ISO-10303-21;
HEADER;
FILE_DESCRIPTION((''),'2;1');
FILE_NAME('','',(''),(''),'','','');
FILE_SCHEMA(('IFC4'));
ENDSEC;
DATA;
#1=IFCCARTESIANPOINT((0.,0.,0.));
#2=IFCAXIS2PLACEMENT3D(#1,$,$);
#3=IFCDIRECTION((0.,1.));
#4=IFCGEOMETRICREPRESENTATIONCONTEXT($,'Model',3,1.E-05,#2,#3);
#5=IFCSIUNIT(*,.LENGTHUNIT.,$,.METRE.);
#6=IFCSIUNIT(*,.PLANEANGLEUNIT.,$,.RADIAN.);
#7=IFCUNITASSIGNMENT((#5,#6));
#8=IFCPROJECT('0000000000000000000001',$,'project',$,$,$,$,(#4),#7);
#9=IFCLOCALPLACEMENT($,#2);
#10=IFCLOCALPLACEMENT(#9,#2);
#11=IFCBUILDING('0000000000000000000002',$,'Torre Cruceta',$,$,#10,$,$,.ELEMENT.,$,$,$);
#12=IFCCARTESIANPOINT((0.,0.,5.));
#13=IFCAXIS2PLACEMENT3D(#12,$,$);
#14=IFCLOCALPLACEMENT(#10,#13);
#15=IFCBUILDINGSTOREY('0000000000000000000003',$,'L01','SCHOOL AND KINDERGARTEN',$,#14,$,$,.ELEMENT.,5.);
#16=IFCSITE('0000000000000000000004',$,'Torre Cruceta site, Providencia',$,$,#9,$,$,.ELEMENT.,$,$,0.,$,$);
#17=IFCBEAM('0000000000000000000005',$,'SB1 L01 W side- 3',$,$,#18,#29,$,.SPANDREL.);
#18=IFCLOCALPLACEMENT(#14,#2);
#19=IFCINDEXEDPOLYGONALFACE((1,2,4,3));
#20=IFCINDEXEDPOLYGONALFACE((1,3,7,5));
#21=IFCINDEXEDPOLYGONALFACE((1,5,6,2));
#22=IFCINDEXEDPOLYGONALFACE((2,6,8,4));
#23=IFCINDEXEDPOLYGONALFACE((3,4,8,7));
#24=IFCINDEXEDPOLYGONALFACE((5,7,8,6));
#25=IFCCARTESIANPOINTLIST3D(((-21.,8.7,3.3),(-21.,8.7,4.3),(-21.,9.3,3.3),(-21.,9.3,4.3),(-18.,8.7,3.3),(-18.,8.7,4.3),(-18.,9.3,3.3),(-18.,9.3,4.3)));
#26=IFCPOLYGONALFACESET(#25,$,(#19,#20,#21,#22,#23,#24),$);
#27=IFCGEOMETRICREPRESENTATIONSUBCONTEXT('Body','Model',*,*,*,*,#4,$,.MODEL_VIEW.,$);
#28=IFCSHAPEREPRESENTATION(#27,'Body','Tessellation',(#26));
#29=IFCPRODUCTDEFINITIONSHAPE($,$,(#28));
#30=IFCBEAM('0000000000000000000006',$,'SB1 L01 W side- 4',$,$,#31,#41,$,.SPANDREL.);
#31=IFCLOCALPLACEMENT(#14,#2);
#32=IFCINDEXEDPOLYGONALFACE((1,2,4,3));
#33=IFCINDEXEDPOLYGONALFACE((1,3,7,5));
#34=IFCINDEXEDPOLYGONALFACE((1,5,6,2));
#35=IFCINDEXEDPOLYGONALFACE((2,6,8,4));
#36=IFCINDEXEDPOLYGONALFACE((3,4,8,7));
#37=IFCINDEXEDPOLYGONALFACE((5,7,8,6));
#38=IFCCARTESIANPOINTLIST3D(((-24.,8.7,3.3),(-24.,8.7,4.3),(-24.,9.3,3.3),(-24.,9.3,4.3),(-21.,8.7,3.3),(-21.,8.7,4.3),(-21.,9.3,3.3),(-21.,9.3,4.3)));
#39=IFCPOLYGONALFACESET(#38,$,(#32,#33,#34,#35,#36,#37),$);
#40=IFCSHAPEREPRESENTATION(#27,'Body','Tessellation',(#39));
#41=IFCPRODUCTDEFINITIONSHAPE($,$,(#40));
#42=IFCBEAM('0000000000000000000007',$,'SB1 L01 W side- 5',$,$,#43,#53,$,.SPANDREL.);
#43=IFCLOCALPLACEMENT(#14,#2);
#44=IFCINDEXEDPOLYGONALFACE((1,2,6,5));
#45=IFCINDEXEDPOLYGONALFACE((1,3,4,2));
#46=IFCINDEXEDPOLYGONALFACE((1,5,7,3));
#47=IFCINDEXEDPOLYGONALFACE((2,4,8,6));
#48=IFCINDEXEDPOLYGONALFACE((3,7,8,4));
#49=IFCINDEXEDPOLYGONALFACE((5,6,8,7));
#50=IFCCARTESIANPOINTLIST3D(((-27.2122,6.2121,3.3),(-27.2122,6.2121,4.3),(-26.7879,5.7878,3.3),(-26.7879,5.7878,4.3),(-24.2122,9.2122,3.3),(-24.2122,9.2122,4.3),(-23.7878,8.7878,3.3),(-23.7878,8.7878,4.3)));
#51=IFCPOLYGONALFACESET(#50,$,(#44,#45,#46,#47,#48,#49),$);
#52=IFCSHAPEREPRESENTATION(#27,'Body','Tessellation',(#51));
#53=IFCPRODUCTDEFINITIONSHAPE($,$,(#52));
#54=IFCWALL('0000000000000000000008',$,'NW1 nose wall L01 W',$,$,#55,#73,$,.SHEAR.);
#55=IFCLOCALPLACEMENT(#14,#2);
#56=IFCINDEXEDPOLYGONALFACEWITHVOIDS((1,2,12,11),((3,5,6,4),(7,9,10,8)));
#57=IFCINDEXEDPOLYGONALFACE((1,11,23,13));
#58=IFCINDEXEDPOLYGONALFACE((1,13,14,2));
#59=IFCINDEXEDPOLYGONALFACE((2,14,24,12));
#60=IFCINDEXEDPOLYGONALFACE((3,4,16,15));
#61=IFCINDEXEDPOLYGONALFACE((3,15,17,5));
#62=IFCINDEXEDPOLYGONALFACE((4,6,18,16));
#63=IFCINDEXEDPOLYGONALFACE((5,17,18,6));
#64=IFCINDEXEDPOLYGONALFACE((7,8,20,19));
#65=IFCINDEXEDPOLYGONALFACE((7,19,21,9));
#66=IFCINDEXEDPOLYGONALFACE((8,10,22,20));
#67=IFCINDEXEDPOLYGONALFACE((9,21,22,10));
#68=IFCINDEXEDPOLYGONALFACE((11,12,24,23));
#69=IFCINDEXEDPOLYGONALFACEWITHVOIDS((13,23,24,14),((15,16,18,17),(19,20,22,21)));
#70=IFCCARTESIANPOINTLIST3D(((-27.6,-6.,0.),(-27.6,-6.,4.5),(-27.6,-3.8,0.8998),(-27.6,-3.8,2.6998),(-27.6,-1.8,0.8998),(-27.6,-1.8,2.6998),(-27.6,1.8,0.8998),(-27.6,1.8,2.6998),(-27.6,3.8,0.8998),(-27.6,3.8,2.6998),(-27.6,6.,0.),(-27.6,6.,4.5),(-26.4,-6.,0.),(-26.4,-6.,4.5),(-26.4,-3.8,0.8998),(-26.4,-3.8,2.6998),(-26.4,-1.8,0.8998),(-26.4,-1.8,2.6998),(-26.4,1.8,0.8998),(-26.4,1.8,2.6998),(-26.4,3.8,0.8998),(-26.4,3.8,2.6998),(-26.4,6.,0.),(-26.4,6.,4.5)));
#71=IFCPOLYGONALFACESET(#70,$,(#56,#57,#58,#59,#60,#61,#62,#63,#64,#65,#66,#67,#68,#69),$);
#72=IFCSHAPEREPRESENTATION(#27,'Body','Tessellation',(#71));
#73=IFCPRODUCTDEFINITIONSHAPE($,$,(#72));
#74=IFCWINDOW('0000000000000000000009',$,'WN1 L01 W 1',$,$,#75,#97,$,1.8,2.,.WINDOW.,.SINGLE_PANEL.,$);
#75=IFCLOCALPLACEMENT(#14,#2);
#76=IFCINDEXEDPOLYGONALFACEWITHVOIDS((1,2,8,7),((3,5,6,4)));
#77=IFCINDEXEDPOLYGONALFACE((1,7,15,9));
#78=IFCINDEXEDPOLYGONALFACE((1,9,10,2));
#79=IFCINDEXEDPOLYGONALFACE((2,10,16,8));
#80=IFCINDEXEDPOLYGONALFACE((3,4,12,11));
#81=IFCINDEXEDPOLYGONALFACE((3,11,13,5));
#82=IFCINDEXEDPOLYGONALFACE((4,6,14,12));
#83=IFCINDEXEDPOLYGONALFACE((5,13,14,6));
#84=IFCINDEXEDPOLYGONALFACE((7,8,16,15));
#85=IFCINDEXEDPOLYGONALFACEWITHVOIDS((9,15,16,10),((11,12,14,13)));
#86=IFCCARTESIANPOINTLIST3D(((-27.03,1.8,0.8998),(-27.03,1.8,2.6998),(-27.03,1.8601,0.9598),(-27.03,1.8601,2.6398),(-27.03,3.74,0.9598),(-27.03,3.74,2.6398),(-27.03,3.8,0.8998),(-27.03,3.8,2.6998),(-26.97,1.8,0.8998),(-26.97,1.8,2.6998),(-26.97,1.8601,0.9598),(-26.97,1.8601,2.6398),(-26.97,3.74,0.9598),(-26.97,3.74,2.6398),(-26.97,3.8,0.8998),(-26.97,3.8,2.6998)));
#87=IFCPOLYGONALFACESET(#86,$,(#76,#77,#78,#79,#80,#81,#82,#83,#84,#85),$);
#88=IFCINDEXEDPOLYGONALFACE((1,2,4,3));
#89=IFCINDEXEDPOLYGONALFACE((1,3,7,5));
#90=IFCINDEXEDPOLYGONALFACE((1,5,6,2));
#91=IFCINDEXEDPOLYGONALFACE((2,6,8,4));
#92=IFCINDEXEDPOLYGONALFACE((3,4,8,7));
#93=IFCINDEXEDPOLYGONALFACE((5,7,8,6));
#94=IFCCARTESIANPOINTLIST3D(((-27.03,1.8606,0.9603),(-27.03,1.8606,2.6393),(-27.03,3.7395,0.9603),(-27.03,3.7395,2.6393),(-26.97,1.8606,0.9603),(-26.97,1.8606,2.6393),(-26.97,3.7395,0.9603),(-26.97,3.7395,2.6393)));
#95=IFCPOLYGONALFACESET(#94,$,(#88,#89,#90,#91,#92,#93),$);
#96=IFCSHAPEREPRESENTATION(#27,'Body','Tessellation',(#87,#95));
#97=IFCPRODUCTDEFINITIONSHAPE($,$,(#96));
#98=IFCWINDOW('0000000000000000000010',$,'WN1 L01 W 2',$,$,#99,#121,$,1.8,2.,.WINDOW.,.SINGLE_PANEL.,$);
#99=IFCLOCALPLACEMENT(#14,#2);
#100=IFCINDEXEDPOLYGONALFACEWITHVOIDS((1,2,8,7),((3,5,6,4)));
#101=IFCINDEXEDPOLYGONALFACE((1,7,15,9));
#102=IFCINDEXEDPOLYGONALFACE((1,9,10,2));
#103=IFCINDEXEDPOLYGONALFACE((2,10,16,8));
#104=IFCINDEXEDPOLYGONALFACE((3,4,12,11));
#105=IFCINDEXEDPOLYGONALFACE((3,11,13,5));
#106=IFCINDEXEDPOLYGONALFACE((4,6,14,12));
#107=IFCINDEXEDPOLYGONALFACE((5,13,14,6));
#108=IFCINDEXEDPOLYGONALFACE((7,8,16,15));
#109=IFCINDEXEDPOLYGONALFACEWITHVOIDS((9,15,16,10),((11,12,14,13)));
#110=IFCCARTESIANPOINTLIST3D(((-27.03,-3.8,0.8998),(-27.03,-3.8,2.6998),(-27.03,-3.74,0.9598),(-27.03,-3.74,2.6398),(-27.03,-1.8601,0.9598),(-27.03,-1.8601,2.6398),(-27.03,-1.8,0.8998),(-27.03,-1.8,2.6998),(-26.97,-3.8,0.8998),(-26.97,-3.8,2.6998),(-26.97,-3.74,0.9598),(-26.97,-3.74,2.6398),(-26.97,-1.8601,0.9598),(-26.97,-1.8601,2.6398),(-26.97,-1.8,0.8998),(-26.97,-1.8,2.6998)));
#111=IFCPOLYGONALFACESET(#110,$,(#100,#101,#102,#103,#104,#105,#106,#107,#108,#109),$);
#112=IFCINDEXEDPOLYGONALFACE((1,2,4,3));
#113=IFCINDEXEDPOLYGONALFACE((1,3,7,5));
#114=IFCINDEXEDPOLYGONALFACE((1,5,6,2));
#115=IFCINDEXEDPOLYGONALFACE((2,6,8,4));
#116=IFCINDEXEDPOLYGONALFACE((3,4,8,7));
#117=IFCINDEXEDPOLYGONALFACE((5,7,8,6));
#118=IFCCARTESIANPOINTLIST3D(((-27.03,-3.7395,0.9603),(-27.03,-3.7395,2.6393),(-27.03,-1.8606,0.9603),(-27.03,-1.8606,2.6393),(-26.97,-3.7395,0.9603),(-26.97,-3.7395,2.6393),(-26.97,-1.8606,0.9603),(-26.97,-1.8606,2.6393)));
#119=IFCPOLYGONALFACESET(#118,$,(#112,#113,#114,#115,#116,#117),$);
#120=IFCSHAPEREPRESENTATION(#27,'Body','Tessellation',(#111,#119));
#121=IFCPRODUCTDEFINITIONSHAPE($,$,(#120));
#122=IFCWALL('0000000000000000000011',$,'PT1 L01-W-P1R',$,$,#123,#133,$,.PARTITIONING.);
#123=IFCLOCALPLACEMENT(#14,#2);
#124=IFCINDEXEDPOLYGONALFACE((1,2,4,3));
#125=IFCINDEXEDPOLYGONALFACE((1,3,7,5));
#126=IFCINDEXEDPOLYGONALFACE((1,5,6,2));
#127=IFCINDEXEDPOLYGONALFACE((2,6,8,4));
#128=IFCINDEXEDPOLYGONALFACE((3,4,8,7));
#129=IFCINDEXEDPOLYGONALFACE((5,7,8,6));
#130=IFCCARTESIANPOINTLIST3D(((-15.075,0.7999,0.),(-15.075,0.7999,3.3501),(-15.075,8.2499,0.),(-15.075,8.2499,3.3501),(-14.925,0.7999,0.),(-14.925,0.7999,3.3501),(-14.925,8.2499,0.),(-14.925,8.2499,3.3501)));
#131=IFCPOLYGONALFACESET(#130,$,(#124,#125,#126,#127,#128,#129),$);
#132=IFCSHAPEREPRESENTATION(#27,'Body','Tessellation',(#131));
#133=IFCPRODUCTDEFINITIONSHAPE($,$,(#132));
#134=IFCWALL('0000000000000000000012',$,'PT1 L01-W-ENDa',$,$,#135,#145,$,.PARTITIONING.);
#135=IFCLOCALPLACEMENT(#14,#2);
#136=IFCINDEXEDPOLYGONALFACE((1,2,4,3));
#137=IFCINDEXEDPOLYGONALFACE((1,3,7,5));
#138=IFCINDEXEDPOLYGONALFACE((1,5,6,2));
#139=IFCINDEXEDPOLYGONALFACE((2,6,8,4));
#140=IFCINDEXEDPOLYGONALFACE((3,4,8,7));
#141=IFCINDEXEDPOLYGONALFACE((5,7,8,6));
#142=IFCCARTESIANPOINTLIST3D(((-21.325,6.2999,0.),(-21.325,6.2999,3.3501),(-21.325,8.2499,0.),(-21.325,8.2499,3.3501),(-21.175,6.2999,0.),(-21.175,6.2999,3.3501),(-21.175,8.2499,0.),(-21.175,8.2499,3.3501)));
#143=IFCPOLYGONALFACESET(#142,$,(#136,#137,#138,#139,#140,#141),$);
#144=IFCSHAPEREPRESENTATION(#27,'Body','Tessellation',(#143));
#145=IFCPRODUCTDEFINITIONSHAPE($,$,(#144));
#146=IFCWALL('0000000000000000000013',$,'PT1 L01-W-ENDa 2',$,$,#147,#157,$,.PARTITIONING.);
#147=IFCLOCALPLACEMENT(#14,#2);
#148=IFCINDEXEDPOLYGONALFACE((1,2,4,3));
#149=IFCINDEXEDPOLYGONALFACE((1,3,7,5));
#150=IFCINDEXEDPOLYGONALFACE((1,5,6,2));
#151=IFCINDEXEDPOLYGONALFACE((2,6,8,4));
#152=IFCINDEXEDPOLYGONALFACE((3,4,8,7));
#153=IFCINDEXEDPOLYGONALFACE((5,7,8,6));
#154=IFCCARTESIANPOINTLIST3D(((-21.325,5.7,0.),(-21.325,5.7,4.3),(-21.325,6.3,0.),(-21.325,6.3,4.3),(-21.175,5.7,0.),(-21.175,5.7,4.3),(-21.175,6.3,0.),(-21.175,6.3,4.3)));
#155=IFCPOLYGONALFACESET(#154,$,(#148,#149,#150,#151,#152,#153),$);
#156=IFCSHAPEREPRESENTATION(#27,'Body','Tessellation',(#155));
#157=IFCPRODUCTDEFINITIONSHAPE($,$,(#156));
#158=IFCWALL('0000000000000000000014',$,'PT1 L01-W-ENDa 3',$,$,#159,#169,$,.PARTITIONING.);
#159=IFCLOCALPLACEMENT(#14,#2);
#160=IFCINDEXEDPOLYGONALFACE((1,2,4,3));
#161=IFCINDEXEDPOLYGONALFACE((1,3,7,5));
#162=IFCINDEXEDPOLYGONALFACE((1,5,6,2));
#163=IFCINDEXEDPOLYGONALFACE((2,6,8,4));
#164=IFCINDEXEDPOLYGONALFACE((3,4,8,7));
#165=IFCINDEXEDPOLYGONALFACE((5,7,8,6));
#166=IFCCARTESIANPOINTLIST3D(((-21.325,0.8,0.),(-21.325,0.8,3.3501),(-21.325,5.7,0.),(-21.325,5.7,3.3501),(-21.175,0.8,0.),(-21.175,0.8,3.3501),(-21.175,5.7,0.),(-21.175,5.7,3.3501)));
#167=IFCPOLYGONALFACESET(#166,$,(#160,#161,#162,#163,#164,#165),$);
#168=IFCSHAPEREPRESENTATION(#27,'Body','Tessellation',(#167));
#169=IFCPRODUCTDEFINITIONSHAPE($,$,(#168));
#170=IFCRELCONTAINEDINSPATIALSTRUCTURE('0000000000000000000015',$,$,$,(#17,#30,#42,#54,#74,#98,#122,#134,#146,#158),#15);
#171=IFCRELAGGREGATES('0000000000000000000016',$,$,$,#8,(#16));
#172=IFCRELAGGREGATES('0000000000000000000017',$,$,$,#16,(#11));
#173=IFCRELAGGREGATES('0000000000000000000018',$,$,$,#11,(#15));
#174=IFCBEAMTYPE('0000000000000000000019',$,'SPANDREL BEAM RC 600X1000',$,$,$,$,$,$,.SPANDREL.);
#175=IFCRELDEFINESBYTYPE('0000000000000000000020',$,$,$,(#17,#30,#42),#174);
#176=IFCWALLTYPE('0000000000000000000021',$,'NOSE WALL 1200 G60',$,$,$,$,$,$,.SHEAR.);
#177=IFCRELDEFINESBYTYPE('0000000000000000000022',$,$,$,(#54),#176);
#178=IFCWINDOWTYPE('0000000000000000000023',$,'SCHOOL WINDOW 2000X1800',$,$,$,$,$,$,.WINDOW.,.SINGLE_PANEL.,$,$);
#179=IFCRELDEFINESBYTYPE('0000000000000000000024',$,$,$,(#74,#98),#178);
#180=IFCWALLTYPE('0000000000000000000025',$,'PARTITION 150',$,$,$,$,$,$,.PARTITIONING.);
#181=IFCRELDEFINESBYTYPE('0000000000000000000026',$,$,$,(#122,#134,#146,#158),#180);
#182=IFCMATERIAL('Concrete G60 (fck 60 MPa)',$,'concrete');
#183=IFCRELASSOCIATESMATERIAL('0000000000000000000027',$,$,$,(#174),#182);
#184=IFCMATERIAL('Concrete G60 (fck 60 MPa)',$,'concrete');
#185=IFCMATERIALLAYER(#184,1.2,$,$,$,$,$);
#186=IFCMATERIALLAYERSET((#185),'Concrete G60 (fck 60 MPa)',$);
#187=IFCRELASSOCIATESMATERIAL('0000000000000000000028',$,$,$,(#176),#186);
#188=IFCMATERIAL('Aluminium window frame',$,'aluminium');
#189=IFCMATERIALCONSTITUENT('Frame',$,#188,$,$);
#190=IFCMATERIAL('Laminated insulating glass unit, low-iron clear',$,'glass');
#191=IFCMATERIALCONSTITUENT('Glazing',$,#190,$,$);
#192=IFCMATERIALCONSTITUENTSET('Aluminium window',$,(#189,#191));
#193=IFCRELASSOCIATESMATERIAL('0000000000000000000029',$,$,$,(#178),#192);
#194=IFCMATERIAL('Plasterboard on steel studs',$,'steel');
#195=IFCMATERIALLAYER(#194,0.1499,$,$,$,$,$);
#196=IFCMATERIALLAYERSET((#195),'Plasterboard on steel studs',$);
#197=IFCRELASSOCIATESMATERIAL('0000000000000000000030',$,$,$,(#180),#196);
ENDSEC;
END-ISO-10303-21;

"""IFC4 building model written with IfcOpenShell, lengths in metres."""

from ifc_helpers import new_model, si_unit, direction, frame, frame_2d, origin, origin_2d, place, context, subcontext, project, spatial, rectangle, hollow_rectangle, extrude, material, layer, layer_set, constituent, constituent_set, material_profile, profile_set, type_object, element, fill, save


model = new_model("IFC4")

# Units and contexts
model_context = context("Model", 3, precision=1e-05, world=origin(), true_north=direction((0.0, 1.0)))
body_context = subcontext(model_context, "Body", "Model", "MODEL_VIEW")
ifc_project = project(units=[si_unit("LENGTHUNIT", "METRE"), si_unit("PLANEANGLEUNIT", "RADIAN")], contexts=[model_context])

# Site, building, storey
site_placement = place(None, origin())
site = spatial("IfcSite", under=ifc_project, at=site_placement, Name="Torre Cruceta site, Providencia", CompositionType="ELEMENT", RefElevation=0.0)
building_placement = place(site_placement, origin())
building = spatial("IfcBuilding", under=site, at=building_placement, Name="Torre Cruceta", CompositionType="ELEMENT")
storey_placement = place(building_placement, frame((0.0, 0.0, 5.0)))
storey = spatial("IfcBuildingStorey", under=building, at=storey_placement, Name="L01", Description="SCHOOL AND KINDERGARTEN", CompositionType="ELEMENT", Elevation=5.0)

# Beams
ifc_material_1 = material(Name="Concrete G60 (fck 60 MPa)", Category="concrete")
ifc_material_profile_1 = material_profile(ifc_material_1, rectangle(XDim=0.6001, YDim=1.0, at=origin_2d()), Name="RC 600X1000")
ifc_profile_set_1 = profile_set([ifc_material_profile_1], Name="Concrete G60 (fck 60 MPa)")
beam_type_1 = type_object("IfcBeamType", Name="SPANDREL BEAM RC 600X1000", PredefinedType="SPANDREL", material=ifc_profile_set_1)
for number, where, z_axis, x_axis, name in (
    (1, (-18.0, 9.0, 3.8), (-1.0, 0.0, 0.0), (0.0, -1.0, 0.0), "SB1 L01 W side- 3"),
    (2, (-21.0, 9.0, 3.8), (-1.0, 0.0, 0.0), (0.0, -1.0, 0.0), "SB1 L01 W side- 4"),
):
    element("IfcBeam", number, at=place(storey_placement, frame(where, z_axis=z_axis, x_axis=x_axis)), inside=storey, type_object=beam_type_1, Name=name, PredefinedType="SPANDREL", context=body_context, shape_type="SweptSolid", body=[
        extrude(rectangle(XDim=0.6001, YDim=1.0, at=origin_2d()), origin(), (0.0, 0.0, 1.0), 3.0),
    ])
beam_1_placement = place(storey_placement, frame((-24.0, 9.0, 3.8), z_axis=(-0.707107, -0.707107, 0.0), x_axis=(0.707107, -0.707107, 0.0)))
element("IfcBeam", 3, at=beam_1_placement, inside=storey, type_object=beam_type_1, Name="SB1 L01 W side- 5", PredefinedType="SPANDREL", context=body_context, shape_type="SweptSolid", body=[
    extrude(rectangle(XDim=0.6001, YDim=1.0, at=origin_2d()), origin(), (0.0, 0.0, 1.0), 4.2427),
])

# Wall, openings, windows
ifc_material_2 = material(Name="Concrete G60 (fck 60 MPa)", Category="concrete")
ifc_layer_1 = layer(ifc_material_2, 1.2)
ifc_layer_set_1 = layer_set([ifc_layer_1], Name="Concrete G60 (fck 60 MPa)")
wall_type_1 = type_object("IfcWallType", Name="NOSE WALL 1200 G60", PredefinedType="SHEAR", material=ifc_layer_set_1)
wall_1_placement = place(storey_placement, frame((-27.0, 6.0, 0.0), z_axis=(0.0, 0.0, 1.0), x_axis=(0.0, -1.0, 0.0)))
wall_1 = element("IfcWall", 4, at=wall_1_placement, inside=storey, type_object=wall_type_1, Name="NW1 nose wall L01 W", PredefinedType="SHEAR", context=body_context, shape_type="SweptSolid", body=[
    extrude(rectangle(XDim=12.0, YDim=1.2, at=frame_2d((6.0, 0.0))), origin(), (0.0, 0.0, 1.0), 4.5),
])
opening_1_placement = place(wall_1_placement, frame((2.2, 0.0, 0.8999)))
opening_1 = element("IfcOpeningElement", 5, at=opening_1_placement, cuts=wall_1, PredefinedType="OPENING", context=body_context, shape_type="SweptSolid", body=[
    extrude(rectangle(XDim=2.0, YDim=1.8, at=frame_2d((1.0, 0.8999))), frame((0.0, 0.6099, 0.0), z_axis=(0.0, -1.0, 0.0), x_axis=(1.0, 0.0, 0.0)), (0.0, 0.0, 1.0), 1.22),
])
opening_2_placement = place(wall_1_placement, frame((7.8, 0.0, 0.8999)))
opening_2 = element("IfcOpeningElement", 6, at=opening_2_placement, cuts=wall_1, PredefinedType="OPENING", context=body_context, shape_type="SweptSolid", body=[
    extrude(rectangle(XDim=2.0, YDim=1.8, at=frame_2d((1.0, 0.8999))), frame((0.0, 0.6099, 0.0), z_axis=(0.0, -1.0, 0.0), x_axis=(1.0, 0.0, 0.0)), (0.0, 0.0, 1.0), 1.22),
])
ifc_material_3 = material(Name="Aluminium window frame", Category="aluminium")
ifc_constituent_1 = constituent(ifc_material_3, Name="Frame")
ifc_material_4 = material(Name="Laminated insulating glass unit, low-iron clear", Category="glass")
ifc_constituent_2 = constituent(ifc_material_4, Name="Glazing")
ifc_constituent_set = constituent_set(constituents=[ifc_constituent_1, ifc_constituent_2], Name="Aluminium window")
window_type = type_object("IfcWindowType", Name="SCHOOL WINDOW 2000X1800", PartitioningType="SINGLE_PANEL", PredefinedType="WINDOW", material=ifc_constituent_set)
window_1_placement = place(opening_1_placement, origin())
window_1 = element("IfcWindow", 7, at=window_1_placement, inside=storey, type_object=window_type, Name="WN1 L01 W 1", OverallHeight=1.8, OverallWidth=2.0, PartitioningType="SINGLE_PANEL", PredefinedType="WINDOW", context=body_context, shape_type="SweptSolid", body=[
    extrude(hollow_rectangle(XDim=2.0, YDim=1.8, WallThickness=0.0601, at=frame_2d((1.0, 0.8999))), frame((0.0, 0.03, 0.0), z_axis=(0.0, -1.0, 0.0), x_axis=(1.0, 0.0, 0.0)), (0.0, 0.0, 1.0), 0.0601),
    extrude(rectangle(XDim=1.8789, YDim=1.679, at=frame_2d((1.0, 0.8999))), frame((0.0, 0.03, 0.0), z_axis=(0.0, -1.0, 0.0), x_axis=(1.0, 0.0, 0.0)), (0.0, 0.0, 1.0), 0.0601),
])
fill(opening_1, window_1)
window_2_placement = place(opening_2_placement, origin())
window_2 = element("IfcWindow", 8, at=window_2_placement, inside=storey, type_object=window_type, Name="WN1 L01 W 2", OverallHeight=1.8, OverallWidth=2.0, PartitioningType="SINGLE_PANEL", PredefinedType="WINDOW", context=body_context, shape_type="SweptSolid", body=[
    extrude(hollow_rectangle(XDim=2.0, YDim=1.8, WallThickness=0.0601, at=frame_2d((1.0, 0.8999))), frame((0.0, 0.03, 0.0), z_axis=(0.0, -1.0, 0.0), x_axis=(1.0, 0.0, 0.0)), (0.0, 0.0, 1.0), 0.0601),
    extrude(rectangle(XDim=1.8789, YDim=1.679, at=frame_2d((1.0, 0.8999))), frame((0.0, 0.03, 0.0), z_axis=(0.0, -1.0, 0.0), x_axis=(1.0, 0.0, 0.0)), (0.0, 0.0, 1.0), 0.0601),
])
fill(opening_2, window_2)

# Walls
ifc_material_5 = material(Name="Plasterboard on steel studs", Category="steel")
ifc_layer_2 = layer(ifc_material_5, 0.1499)
ifc_layer_set_2 = layer_set([ifc_layer_2], Name="Plasterboard on steel studs")
wall_type_2 = type_object("IfcWallType", Name="PARTITION 150", PredefinedType="PARTITIONING", material=ifc_layer_set_2)
wall_2_placement = place(storey_placement, frame((-15.0, 8.25, 0.0), z_axis=(0.0, 0.0, 1.0), x_axis=(0.0, -1.0, 0.0)))
element("IfcWall", 9, at=wall_2_placement, inside=storey, type_object=wall_type_2, Name="PT1 L01-W-P1R", PredefinedType="PARTITIONING", context=body_context, shape_type="SweptSolid", body=[
    extrude(rectangle(XDim=7.45, YDim=0.1499, at=frame_2d((3.7251, 0.0))), origin(), (0.0, 0.0, 1.0), 3.3501),
])
wall_3_placement = place(storey_placement, frame((-21.25, 8.25, 0.0), z_axis=(0.0, 0.0, 1.0), x_axis=(0.0, -1.0, 0.0)))
element("IfcWall", 10, at=wall_3_placement, inside=storey, type_object=wall_type_2, Name="PT1 L01-W-ENDa", PredefinedType="PARTITIONING", context=body_context, shape_type="SweptSolid", body=[
    extrude(rectangle(XDim=1.95, YDim=0.1499, at=frame_2d((0.9751, 0.0))), origin(), (0.0, 0.0, 1.0), 3.3501),
])
wall_4_placement = place(storey_placement, frame((-21.25, 6.3, 0.0), z_axis=(0.0, 0.0, 1.0), x_axis=(0.0, -1.0, 0.0)))
element("IfcWall", 11, at=wall_4_placement, inside=storey, type_object=wall_type_2, Name="PT1 L01-W-ENDa 2", PredefinedType="PARTITIONING", context=body_context, shape_type="SweptSolid", body=[
    extrude(rectangle(XDim=0.6001, YDim=0.1499, at=frame_2d((0.3, 0.0))), origin(), (0.0, 0.0, 1.0), 4.3),
])
wall_5_placement = place(storey_placement, frame((-21.25, 5.7, 0.0), z_axis=(0.0, 0.0, 1.0), x_axis=(0.0, -1.0, 0.0)))
element("IfcWall", 12, at=wall_5_placement, inside=storey, type_object=wall_type_2, Name="PT1 L01-W-ENDa 3", PredefinedType="PARTITIONING", context=body_context, shape_type="SweptSolid", body=[
    extrude(rectangle(XDim=4.8999, YDim=0.1499, at=frame_2d((2.45, 0.0))), origin(), (0.0, 0.0, 1.0), 3.3501),
])

save(model, "model.ifc")
